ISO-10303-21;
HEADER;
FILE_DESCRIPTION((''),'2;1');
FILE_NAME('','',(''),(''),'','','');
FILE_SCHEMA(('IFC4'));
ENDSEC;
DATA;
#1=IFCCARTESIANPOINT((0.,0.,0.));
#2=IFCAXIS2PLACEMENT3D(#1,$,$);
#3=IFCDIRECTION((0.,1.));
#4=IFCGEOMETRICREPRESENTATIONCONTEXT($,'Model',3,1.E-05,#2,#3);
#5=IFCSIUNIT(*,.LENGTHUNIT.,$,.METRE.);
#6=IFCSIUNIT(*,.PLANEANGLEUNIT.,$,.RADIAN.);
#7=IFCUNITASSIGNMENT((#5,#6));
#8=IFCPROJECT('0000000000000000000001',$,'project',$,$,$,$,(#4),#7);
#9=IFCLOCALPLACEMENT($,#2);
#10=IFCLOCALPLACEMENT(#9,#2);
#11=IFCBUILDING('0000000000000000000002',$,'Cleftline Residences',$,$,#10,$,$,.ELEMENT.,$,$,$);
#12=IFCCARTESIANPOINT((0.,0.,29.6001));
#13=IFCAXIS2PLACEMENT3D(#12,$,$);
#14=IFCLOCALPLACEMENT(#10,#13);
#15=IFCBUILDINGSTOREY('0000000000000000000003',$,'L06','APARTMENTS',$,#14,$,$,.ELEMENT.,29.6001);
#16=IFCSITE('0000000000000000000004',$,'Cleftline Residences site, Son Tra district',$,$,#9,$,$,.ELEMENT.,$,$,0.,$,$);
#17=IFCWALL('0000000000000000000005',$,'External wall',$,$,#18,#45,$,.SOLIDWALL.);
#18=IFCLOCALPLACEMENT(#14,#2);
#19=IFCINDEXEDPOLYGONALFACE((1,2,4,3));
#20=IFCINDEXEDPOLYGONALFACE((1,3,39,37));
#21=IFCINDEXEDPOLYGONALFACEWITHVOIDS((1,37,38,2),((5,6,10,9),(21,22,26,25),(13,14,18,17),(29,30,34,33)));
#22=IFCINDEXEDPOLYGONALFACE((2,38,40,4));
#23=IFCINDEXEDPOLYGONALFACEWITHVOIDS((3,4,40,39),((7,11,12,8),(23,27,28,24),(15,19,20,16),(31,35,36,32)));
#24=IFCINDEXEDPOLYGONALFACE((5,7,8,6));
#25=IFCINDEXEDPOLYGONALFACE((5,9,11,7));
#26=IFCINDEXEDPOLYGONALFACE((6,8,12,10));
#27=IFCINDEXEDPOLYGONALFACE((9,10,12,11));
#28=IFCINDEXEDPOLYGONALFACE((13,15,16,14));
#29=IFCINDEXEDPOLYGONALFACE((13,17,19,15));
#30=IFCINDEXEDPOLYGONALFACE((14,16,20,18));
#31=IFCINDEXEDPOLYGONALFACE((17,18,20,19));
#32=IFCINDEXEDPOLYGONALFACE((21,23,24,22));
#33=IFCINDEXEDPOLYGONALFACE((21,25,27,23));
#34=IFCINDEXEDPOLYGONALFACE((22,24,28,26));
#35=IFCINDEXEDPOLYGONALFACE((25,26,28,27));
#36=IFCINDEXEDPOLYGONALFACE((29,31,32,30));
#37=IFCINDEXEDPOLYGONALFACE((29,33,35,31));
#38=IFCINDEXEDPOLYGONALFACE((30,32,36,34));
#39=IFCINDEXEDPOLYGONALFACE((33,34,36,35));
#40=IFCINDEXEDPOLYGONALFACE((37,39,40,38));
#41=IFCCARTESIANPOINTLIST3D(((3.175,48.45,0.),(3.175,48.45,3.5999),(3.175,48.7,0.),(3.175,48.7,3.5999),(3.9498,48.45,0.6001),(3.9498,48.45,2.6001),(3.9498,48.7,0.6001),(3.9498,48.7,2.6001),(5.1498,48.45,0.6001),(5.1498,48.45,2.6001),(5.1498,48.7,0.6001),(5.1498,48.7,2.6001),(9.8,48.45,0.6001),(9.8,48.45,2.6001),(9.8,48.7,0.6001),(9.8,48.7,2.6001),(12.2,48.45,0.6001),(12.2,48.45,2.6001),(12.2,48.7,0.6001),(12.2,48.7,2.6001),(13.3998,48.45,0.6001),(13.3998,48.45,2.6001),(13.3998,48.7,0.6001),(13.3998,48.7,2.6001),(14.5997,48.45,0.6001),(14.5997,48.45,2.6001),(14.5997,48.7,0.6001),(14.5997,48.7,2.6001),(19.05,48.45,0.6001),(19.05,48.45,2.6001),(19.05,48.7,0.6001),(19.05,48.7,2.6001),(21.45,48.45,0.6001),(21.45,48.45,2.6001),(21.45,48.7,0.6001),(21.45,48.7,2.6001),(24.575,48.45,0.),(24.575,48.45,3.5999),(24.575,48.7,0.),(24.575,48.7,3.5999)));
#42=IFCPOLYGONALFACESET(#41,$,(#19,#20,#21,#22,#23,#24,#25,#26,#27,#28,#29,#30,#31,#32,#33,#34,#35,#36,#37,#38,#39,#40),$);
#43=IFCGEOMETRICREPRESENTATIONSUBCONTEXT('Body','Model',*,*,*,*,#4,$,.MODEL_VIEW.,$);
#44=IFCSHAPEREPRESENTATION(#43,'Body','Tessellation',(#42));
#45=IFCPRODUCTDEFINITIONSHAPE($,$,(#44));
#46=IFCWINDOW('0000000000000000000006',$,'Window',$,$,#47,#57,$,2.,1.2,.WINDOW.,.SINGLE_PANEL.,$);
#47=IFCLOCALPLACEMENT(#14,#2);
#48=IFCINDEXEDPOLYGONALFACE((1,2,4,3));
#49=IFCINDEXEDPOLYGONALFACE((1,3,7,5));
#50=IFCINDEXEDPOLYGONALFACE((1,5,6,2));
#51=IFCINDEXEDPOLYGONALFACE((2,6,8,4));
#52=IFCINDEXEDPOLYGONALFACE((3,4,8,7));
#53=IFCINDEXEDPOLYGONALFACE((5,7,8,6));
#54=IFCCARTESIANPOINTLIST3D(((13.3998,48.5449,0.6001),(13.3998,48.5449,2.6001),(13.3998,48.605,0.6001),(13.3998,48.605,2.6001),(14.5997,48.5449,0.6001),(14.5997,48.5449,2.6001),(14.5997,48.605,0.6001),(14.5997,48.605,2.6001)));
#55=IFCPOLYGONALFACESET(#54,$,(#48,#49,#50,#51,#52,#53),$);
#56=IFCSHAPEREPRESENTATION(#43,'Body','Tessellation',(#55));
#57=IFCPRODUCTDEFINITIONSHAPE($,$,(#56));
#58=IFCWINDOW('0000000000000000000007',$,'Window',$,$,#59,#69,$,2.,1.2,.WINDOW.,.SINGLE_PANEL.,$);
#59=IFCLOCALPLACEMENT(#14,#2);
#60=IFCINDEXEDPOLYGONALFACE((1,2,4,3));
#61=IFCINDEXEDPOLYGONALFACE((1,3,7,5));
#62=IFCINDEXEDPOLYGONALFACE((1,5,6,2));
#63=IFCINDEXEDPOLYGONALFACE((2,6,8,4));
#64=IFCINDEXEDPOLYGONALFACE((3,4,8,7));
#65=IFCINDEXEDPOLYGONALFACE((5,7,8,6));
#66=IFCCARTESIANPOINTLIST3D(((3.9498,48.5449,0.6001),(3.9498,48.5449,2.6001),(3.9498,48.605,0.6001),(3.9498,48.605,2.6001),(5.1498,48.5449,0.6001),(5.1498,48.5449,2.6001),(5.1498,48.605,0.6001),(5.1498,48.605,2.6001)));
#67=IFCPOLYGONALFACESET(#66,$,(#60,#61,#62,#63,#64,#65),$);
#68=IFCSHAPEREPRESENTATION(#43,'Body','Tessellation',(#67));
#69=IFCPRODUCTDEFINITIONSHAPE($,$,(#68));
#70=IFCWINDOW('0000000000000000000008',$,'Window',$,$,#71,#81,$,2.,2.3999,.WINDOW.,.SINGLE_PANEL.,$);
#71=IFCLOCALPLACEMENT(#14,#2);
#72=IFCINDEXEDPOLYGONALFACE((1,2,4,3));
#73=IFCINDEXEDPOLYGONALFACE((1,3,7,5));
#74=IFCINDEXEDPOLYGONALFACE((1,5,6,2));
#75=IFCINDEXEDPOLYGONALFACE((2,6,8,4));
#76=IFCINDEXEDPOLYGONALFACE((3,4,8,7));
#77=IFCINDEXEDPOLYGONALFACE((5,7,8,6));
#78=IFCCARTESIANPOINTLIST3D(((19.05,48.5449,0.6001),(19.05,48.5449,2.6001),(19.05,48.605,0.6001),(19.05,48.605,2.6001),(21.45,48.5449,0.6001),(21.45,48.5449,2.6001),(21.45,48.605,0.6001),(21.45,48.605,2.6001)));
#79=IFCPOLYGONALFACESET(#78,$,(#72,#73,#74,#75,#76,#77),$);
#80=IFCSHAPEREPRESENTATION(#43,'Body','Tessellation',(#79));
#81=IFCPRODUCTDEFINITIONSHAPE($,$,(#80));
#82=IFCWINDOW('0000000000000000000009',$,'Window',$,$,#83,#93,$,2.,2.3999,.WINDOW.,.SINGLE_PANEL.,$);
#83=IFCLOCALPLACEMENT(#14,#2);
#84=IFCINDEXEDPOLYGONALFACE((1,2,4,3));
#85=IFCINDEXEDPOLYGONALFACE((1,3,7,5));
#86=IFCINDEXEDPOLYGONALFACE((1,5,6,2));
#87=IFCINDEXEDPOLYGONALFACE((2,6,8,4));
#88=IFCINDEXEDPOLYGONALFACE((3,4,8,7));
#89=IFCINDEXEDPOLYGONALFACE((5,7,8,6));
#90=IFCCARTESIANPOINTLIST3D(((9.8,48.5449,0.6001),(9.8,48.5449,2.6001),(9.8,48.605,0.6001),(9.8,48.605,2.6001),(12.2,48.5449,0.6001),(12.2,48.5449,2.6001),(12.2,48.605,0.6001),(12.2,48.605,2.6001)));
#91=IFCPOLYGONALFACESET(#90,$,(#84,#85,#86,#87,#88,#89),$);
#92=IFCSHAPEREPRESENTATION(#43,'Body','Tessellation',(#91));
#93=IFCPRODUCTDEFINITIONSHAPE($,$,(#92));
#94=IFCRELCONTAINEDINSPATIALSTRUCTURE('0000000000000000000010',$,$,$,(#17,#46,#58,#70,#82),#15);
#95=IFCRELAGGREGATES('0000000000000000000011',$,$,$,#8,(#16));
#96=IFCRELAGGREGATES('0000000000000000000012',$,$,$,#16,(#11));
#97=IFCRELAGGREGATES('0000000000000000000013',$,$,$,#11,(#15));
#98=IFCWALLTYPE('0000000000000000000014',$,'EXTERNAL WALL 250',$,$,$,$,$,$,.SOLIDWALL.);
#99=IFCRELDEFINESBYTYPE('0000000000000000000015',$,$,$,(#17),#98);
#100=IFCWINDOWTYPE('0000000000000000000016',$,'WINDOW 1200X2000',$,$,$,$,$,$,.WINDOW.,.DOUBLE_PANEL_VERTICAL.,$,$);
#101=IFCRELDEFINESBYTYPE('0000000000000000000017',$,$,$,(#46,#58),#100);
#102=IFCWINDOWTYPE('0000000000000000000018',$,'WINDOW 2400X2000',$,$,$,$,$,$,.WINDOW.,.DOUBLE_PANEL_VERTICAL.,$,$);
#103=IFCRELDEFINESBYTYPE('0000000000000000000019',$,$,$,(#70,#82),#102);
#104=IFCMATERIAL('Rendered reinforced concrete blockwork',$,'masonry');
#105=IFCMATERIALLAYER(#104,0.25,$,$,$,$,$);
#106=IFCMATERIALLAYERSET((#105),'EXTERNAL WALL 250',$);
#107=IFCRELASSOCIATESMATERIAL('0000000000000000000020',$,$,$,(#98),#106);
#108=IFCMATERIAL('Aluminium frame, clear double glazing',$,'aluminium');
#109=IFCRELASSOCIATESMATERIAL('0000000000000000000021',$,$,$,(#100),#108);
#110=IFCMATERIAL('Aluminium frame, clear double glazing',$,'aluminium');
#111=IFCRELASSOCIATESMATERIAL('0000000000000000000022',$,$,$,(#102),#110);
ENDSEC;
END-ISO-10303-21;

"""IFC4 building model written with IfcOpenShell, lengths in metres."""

from ifc_helpers import new_model, si_unit, direction, frame, frame_2d, origin, place, context, subcontext, project, spatial, rectangle, extrude, material, layer, layer_set, type_object, element, fill, save


model = new_model("IFC4")

# Units and contexts
model_context = context("Model", 3, precision=1e-05, world=origin(), true_north=direction((0.0, 1.0)))
body_context = subcontext(model_context, "Body", "Model", "MODEL_VIEW")
ifc_project = project(units=[si_unit("LENGTHUNIT", "METRE"), si_unit("PLANEANGLEUNIT", "RADIAN")], contexts=[model_context])

# Site, building, storey
site_placement = place(None, origin())
site = spatial("IfcSite", under=ifc_project, at=site_placement, Name="Cleftline Residences site, Son Tra district", CompositionType="ELEMENT", RefElevation=0.0)
building_placement = place(site_placement, origin())
building = spatial("IfcBuilding", under=site, at=building_placement, Name="Cleftline Residences", CompositionType="ELEMENT")
storey_placement = place(building_placement, frame((0.0, 0.0, 29.6001)))
storey = spatial("IfcBuildingStorey", under=building, at=storey_placement, Name="L06", Description="APARTMENTS", CompositionType="ELEMENT", Elevation=29.6001)

# Wall, openings, windows
ifc_material_1 = material(Name="Rendered reinforced concrete blockwork", Category="masonry")
ifc_layer_1 = layer(ifc_material_1, 0.25)
ifc_layer_set_1 = layer_set([ifc_layer_1], Name="EXTERNAL WALL 250")
wall_type = type_object("IfcWallType", Name="EXTERNAL WALL 250", PredefinedType="SOLIDWALL", material=ifc_layer_set_1)
wall_placement = place(storey_placement, frame((24.575, 48.575, 0.0), z_axis=(0.0, 0.0, 1.0), x_axis=(-1.0, 0.0, 0.0)))
wall = element("IfcWall", 1, at=wall_placement, inside=storey, type_object=wall_type, Name="External wall", PredefinedType="SOLIDWALL", context=body_context, shape_type="SweptSolid", body=[
    extrude(rectangle(XDim=21.3999, YDim=0.25, at=frame_2d((10.7, 0.0))), origin(), (0.0, 0.0, 1.0), 3.5999),
])
opening_1_placement = place(wall_placement, frame((3.125, 0.0, 0.6001)))
opening_1 = element("IfcOpeningElement", 2, at=opening_1_placement, cuts=wall, PredefinedType="OPENING", context=body_context, shape_type="SweptSolid", body=[
    extrude(rectangle(XDim=2.3999, YDim=2.0, at=frame_2d((1.2, 1.0))), frame((0.0, 0.135, 0.0), z_axis=(0.0, -1.0, 0.0), x_axis=(1.0, 0.0, 0.0)), (0.0, 0.0, 1.0), 0.27),
])
opening_2_placement = place(wall_placement, frame((9.9751, 0.0, 0.6001)))
opening_2 = element("IfcOpeningElement", 3, at=opening_2_placement, cuts=wall, PredefinedType="OPENING", context=body_context, shape_type="SweptSolid", body=[
    extrude(rectangle(XDim=1.2, YDim=2.0, at=frame_2d((0.6001, 1.0))), frame((0.0, 0.135, 0.0), z_axis=(0.0, -1.0, 0.0), x_axis=(1.0, 0.0, 0.0)), (0.0, 0.0, 1.0), 0.27),
])
opening_3_placement = place(wall_placement, frame((12.375, 0.0, 0.6001)))
opening_3 = element("IfcOpeningElement", 4, at=opening_3_placement, cuts=wall, PredefinedType="OPENING", context=body_context, shape_type="SweptSolid", body=[
    extrude(rectangle(XDim=2.3999, YDim=2.0, at=frame_2d((1.2, 1.0))), frame((0.0, 0.135, 0.0), z_axis=(0.0, -1.0, 0.0), x_axis=(1.0, 0.0, 0.0)), (0.0, 0.0, 1.0), 0.27),
])
opening_4_placement = place(wall_placement, frame((19.425, 0.0, 0.6001)))
opening_4 = element("IfcOpeningElement", 5, at=opening_4_placement, cuts=wall, PredefinedType="OPENING", context=body_context, shape_type="SweptSolid", body=[
    extrude(rectangle(XDim=1.2, YDim=2.0, at=frame_2d((0.6001, 1.0))), frame((0.0, 0.135, 0.0), z_axis=(0.0, -1.0, 0.0), x_axis=(1.0, 0.0, 0.0)), (0.0, 0.0, 1.0), 0.27),
])
ifc_material_2 = material(Name="Aluminium frame, clear double glazing", Category="aluminium")
window_type_1 = type_object("IfcWindowType", Name="WINDOW 1200X2000", PartitioningType="DOUBLE_PANEL_VERTICAL", PredefinedType="WINDOW", material=ifc_material_2)
window_1_placement = place(opening_2_placement, origin())
window_1 = element("IfcWindow", 6, at=window_1_placement, inside=storey, type_object=window_type_1, Name="Window", OverallHeight=2.0, OverallWidth=1.2, PartitioningType="SINGLE_PANEL", PredefinedType="WINDOW", context=body_context, shape_type="SweptSolid", body=[
    extrude(rectangle(XDim=1.2, YDim=2.0, at=frame_2d((0.6001, 1.0))), frame((0.0, 0.03, 0.0), z_axis=(0.0, -1.0, 0.0), x_axis=(1.0, 0.0, 0.0)), (0.0, 0.0, 1.0), 0.0601),
])
fill(opening_2, window_1)
window_2_placement = place(opening_4_placement, origin())
window_2 = element("IfcWindow", 7, at=window_2_placement, inside=storey, type_object=window_type_1, Name="Window", OverallHeight=2.0, OverallWidth=1.2, PartitioningType="SINGLE_PANEL", PredefinedType="WINDOW", context=body_context, shape_type="SweptSolid", body=[
    extrude(rectangle(XDim=1.2, YDim=2.0, at=frame_2d((0.6001, 1.0))), frame((0.0, 0.03, 0.0), z_axis=(0.0, -1.0, 0.0), x_axis=(1.0, 0.0, 0.0)), (0.0, 0.0, 1.0), 0.0601),
])
fill(opening_4, window_2)
ifc_material_3 = material(Name="Aluminium frame, clear double glazing", Category="aluminium")
window_type_2 = type_object("IfcWindowType", Name="WINDOW 2400X2000", PartitioningType="DOUBLE_PANEL_VERTICAL", PredefinedType="WINDOW", material=ifc_material_3)
window_3_placement = place(opening_1_placement, origin())
window_3 = element("IfcWindow", 8, at=window_3_placement, inside=storey, type_object=window_type_2, Name="Window", OverallHeight=2.0, OverallWidth=2.3999, PartitioningType="SINGLE_PANEL", PredefinedType="WINDOW", context=body_context, shape_type="SweptSolid", body=[
    extrude(rectangle(XDim=2.3999, YDim=2.0, at=frame_2d((1.2, 1.0))), frame((0.0, 0.03, 0.0), z_axis=(0.0, -1.0, 0.0), x_axis=(1.0, 0.0, 0.0)), (0.0, 0.0, 1.0), 0.0601),
])
fill(opening_1, window_3)
window_4_placement = place(opening_3_placement, origin())
window_4 = element("IfcWindow", 9, at=window_4_placement, inside=storey, type_object=window_type_2, Name="Window", OverallHeight=2.0, OverallWidth=2.3999, PartitioningType="SINGLE_PANEL", PredefinedType="WINDOW", context=body_context, shape_type="SweptSolid", body=[
    extrude(rectangle(XDim=2.3999, YDim=2.0, at=frame_2d((1.2, 1.0))), frame((0.0, 0.03, 0.0), z_axis=(0.0, -1.0, 0.0), x_axis=(1.0, 0.0, 0.0)), (0.0, 0.0, 1.0), 0.0601),
])
fill(opening_3, window_4)

save(model, "model.ifc")
